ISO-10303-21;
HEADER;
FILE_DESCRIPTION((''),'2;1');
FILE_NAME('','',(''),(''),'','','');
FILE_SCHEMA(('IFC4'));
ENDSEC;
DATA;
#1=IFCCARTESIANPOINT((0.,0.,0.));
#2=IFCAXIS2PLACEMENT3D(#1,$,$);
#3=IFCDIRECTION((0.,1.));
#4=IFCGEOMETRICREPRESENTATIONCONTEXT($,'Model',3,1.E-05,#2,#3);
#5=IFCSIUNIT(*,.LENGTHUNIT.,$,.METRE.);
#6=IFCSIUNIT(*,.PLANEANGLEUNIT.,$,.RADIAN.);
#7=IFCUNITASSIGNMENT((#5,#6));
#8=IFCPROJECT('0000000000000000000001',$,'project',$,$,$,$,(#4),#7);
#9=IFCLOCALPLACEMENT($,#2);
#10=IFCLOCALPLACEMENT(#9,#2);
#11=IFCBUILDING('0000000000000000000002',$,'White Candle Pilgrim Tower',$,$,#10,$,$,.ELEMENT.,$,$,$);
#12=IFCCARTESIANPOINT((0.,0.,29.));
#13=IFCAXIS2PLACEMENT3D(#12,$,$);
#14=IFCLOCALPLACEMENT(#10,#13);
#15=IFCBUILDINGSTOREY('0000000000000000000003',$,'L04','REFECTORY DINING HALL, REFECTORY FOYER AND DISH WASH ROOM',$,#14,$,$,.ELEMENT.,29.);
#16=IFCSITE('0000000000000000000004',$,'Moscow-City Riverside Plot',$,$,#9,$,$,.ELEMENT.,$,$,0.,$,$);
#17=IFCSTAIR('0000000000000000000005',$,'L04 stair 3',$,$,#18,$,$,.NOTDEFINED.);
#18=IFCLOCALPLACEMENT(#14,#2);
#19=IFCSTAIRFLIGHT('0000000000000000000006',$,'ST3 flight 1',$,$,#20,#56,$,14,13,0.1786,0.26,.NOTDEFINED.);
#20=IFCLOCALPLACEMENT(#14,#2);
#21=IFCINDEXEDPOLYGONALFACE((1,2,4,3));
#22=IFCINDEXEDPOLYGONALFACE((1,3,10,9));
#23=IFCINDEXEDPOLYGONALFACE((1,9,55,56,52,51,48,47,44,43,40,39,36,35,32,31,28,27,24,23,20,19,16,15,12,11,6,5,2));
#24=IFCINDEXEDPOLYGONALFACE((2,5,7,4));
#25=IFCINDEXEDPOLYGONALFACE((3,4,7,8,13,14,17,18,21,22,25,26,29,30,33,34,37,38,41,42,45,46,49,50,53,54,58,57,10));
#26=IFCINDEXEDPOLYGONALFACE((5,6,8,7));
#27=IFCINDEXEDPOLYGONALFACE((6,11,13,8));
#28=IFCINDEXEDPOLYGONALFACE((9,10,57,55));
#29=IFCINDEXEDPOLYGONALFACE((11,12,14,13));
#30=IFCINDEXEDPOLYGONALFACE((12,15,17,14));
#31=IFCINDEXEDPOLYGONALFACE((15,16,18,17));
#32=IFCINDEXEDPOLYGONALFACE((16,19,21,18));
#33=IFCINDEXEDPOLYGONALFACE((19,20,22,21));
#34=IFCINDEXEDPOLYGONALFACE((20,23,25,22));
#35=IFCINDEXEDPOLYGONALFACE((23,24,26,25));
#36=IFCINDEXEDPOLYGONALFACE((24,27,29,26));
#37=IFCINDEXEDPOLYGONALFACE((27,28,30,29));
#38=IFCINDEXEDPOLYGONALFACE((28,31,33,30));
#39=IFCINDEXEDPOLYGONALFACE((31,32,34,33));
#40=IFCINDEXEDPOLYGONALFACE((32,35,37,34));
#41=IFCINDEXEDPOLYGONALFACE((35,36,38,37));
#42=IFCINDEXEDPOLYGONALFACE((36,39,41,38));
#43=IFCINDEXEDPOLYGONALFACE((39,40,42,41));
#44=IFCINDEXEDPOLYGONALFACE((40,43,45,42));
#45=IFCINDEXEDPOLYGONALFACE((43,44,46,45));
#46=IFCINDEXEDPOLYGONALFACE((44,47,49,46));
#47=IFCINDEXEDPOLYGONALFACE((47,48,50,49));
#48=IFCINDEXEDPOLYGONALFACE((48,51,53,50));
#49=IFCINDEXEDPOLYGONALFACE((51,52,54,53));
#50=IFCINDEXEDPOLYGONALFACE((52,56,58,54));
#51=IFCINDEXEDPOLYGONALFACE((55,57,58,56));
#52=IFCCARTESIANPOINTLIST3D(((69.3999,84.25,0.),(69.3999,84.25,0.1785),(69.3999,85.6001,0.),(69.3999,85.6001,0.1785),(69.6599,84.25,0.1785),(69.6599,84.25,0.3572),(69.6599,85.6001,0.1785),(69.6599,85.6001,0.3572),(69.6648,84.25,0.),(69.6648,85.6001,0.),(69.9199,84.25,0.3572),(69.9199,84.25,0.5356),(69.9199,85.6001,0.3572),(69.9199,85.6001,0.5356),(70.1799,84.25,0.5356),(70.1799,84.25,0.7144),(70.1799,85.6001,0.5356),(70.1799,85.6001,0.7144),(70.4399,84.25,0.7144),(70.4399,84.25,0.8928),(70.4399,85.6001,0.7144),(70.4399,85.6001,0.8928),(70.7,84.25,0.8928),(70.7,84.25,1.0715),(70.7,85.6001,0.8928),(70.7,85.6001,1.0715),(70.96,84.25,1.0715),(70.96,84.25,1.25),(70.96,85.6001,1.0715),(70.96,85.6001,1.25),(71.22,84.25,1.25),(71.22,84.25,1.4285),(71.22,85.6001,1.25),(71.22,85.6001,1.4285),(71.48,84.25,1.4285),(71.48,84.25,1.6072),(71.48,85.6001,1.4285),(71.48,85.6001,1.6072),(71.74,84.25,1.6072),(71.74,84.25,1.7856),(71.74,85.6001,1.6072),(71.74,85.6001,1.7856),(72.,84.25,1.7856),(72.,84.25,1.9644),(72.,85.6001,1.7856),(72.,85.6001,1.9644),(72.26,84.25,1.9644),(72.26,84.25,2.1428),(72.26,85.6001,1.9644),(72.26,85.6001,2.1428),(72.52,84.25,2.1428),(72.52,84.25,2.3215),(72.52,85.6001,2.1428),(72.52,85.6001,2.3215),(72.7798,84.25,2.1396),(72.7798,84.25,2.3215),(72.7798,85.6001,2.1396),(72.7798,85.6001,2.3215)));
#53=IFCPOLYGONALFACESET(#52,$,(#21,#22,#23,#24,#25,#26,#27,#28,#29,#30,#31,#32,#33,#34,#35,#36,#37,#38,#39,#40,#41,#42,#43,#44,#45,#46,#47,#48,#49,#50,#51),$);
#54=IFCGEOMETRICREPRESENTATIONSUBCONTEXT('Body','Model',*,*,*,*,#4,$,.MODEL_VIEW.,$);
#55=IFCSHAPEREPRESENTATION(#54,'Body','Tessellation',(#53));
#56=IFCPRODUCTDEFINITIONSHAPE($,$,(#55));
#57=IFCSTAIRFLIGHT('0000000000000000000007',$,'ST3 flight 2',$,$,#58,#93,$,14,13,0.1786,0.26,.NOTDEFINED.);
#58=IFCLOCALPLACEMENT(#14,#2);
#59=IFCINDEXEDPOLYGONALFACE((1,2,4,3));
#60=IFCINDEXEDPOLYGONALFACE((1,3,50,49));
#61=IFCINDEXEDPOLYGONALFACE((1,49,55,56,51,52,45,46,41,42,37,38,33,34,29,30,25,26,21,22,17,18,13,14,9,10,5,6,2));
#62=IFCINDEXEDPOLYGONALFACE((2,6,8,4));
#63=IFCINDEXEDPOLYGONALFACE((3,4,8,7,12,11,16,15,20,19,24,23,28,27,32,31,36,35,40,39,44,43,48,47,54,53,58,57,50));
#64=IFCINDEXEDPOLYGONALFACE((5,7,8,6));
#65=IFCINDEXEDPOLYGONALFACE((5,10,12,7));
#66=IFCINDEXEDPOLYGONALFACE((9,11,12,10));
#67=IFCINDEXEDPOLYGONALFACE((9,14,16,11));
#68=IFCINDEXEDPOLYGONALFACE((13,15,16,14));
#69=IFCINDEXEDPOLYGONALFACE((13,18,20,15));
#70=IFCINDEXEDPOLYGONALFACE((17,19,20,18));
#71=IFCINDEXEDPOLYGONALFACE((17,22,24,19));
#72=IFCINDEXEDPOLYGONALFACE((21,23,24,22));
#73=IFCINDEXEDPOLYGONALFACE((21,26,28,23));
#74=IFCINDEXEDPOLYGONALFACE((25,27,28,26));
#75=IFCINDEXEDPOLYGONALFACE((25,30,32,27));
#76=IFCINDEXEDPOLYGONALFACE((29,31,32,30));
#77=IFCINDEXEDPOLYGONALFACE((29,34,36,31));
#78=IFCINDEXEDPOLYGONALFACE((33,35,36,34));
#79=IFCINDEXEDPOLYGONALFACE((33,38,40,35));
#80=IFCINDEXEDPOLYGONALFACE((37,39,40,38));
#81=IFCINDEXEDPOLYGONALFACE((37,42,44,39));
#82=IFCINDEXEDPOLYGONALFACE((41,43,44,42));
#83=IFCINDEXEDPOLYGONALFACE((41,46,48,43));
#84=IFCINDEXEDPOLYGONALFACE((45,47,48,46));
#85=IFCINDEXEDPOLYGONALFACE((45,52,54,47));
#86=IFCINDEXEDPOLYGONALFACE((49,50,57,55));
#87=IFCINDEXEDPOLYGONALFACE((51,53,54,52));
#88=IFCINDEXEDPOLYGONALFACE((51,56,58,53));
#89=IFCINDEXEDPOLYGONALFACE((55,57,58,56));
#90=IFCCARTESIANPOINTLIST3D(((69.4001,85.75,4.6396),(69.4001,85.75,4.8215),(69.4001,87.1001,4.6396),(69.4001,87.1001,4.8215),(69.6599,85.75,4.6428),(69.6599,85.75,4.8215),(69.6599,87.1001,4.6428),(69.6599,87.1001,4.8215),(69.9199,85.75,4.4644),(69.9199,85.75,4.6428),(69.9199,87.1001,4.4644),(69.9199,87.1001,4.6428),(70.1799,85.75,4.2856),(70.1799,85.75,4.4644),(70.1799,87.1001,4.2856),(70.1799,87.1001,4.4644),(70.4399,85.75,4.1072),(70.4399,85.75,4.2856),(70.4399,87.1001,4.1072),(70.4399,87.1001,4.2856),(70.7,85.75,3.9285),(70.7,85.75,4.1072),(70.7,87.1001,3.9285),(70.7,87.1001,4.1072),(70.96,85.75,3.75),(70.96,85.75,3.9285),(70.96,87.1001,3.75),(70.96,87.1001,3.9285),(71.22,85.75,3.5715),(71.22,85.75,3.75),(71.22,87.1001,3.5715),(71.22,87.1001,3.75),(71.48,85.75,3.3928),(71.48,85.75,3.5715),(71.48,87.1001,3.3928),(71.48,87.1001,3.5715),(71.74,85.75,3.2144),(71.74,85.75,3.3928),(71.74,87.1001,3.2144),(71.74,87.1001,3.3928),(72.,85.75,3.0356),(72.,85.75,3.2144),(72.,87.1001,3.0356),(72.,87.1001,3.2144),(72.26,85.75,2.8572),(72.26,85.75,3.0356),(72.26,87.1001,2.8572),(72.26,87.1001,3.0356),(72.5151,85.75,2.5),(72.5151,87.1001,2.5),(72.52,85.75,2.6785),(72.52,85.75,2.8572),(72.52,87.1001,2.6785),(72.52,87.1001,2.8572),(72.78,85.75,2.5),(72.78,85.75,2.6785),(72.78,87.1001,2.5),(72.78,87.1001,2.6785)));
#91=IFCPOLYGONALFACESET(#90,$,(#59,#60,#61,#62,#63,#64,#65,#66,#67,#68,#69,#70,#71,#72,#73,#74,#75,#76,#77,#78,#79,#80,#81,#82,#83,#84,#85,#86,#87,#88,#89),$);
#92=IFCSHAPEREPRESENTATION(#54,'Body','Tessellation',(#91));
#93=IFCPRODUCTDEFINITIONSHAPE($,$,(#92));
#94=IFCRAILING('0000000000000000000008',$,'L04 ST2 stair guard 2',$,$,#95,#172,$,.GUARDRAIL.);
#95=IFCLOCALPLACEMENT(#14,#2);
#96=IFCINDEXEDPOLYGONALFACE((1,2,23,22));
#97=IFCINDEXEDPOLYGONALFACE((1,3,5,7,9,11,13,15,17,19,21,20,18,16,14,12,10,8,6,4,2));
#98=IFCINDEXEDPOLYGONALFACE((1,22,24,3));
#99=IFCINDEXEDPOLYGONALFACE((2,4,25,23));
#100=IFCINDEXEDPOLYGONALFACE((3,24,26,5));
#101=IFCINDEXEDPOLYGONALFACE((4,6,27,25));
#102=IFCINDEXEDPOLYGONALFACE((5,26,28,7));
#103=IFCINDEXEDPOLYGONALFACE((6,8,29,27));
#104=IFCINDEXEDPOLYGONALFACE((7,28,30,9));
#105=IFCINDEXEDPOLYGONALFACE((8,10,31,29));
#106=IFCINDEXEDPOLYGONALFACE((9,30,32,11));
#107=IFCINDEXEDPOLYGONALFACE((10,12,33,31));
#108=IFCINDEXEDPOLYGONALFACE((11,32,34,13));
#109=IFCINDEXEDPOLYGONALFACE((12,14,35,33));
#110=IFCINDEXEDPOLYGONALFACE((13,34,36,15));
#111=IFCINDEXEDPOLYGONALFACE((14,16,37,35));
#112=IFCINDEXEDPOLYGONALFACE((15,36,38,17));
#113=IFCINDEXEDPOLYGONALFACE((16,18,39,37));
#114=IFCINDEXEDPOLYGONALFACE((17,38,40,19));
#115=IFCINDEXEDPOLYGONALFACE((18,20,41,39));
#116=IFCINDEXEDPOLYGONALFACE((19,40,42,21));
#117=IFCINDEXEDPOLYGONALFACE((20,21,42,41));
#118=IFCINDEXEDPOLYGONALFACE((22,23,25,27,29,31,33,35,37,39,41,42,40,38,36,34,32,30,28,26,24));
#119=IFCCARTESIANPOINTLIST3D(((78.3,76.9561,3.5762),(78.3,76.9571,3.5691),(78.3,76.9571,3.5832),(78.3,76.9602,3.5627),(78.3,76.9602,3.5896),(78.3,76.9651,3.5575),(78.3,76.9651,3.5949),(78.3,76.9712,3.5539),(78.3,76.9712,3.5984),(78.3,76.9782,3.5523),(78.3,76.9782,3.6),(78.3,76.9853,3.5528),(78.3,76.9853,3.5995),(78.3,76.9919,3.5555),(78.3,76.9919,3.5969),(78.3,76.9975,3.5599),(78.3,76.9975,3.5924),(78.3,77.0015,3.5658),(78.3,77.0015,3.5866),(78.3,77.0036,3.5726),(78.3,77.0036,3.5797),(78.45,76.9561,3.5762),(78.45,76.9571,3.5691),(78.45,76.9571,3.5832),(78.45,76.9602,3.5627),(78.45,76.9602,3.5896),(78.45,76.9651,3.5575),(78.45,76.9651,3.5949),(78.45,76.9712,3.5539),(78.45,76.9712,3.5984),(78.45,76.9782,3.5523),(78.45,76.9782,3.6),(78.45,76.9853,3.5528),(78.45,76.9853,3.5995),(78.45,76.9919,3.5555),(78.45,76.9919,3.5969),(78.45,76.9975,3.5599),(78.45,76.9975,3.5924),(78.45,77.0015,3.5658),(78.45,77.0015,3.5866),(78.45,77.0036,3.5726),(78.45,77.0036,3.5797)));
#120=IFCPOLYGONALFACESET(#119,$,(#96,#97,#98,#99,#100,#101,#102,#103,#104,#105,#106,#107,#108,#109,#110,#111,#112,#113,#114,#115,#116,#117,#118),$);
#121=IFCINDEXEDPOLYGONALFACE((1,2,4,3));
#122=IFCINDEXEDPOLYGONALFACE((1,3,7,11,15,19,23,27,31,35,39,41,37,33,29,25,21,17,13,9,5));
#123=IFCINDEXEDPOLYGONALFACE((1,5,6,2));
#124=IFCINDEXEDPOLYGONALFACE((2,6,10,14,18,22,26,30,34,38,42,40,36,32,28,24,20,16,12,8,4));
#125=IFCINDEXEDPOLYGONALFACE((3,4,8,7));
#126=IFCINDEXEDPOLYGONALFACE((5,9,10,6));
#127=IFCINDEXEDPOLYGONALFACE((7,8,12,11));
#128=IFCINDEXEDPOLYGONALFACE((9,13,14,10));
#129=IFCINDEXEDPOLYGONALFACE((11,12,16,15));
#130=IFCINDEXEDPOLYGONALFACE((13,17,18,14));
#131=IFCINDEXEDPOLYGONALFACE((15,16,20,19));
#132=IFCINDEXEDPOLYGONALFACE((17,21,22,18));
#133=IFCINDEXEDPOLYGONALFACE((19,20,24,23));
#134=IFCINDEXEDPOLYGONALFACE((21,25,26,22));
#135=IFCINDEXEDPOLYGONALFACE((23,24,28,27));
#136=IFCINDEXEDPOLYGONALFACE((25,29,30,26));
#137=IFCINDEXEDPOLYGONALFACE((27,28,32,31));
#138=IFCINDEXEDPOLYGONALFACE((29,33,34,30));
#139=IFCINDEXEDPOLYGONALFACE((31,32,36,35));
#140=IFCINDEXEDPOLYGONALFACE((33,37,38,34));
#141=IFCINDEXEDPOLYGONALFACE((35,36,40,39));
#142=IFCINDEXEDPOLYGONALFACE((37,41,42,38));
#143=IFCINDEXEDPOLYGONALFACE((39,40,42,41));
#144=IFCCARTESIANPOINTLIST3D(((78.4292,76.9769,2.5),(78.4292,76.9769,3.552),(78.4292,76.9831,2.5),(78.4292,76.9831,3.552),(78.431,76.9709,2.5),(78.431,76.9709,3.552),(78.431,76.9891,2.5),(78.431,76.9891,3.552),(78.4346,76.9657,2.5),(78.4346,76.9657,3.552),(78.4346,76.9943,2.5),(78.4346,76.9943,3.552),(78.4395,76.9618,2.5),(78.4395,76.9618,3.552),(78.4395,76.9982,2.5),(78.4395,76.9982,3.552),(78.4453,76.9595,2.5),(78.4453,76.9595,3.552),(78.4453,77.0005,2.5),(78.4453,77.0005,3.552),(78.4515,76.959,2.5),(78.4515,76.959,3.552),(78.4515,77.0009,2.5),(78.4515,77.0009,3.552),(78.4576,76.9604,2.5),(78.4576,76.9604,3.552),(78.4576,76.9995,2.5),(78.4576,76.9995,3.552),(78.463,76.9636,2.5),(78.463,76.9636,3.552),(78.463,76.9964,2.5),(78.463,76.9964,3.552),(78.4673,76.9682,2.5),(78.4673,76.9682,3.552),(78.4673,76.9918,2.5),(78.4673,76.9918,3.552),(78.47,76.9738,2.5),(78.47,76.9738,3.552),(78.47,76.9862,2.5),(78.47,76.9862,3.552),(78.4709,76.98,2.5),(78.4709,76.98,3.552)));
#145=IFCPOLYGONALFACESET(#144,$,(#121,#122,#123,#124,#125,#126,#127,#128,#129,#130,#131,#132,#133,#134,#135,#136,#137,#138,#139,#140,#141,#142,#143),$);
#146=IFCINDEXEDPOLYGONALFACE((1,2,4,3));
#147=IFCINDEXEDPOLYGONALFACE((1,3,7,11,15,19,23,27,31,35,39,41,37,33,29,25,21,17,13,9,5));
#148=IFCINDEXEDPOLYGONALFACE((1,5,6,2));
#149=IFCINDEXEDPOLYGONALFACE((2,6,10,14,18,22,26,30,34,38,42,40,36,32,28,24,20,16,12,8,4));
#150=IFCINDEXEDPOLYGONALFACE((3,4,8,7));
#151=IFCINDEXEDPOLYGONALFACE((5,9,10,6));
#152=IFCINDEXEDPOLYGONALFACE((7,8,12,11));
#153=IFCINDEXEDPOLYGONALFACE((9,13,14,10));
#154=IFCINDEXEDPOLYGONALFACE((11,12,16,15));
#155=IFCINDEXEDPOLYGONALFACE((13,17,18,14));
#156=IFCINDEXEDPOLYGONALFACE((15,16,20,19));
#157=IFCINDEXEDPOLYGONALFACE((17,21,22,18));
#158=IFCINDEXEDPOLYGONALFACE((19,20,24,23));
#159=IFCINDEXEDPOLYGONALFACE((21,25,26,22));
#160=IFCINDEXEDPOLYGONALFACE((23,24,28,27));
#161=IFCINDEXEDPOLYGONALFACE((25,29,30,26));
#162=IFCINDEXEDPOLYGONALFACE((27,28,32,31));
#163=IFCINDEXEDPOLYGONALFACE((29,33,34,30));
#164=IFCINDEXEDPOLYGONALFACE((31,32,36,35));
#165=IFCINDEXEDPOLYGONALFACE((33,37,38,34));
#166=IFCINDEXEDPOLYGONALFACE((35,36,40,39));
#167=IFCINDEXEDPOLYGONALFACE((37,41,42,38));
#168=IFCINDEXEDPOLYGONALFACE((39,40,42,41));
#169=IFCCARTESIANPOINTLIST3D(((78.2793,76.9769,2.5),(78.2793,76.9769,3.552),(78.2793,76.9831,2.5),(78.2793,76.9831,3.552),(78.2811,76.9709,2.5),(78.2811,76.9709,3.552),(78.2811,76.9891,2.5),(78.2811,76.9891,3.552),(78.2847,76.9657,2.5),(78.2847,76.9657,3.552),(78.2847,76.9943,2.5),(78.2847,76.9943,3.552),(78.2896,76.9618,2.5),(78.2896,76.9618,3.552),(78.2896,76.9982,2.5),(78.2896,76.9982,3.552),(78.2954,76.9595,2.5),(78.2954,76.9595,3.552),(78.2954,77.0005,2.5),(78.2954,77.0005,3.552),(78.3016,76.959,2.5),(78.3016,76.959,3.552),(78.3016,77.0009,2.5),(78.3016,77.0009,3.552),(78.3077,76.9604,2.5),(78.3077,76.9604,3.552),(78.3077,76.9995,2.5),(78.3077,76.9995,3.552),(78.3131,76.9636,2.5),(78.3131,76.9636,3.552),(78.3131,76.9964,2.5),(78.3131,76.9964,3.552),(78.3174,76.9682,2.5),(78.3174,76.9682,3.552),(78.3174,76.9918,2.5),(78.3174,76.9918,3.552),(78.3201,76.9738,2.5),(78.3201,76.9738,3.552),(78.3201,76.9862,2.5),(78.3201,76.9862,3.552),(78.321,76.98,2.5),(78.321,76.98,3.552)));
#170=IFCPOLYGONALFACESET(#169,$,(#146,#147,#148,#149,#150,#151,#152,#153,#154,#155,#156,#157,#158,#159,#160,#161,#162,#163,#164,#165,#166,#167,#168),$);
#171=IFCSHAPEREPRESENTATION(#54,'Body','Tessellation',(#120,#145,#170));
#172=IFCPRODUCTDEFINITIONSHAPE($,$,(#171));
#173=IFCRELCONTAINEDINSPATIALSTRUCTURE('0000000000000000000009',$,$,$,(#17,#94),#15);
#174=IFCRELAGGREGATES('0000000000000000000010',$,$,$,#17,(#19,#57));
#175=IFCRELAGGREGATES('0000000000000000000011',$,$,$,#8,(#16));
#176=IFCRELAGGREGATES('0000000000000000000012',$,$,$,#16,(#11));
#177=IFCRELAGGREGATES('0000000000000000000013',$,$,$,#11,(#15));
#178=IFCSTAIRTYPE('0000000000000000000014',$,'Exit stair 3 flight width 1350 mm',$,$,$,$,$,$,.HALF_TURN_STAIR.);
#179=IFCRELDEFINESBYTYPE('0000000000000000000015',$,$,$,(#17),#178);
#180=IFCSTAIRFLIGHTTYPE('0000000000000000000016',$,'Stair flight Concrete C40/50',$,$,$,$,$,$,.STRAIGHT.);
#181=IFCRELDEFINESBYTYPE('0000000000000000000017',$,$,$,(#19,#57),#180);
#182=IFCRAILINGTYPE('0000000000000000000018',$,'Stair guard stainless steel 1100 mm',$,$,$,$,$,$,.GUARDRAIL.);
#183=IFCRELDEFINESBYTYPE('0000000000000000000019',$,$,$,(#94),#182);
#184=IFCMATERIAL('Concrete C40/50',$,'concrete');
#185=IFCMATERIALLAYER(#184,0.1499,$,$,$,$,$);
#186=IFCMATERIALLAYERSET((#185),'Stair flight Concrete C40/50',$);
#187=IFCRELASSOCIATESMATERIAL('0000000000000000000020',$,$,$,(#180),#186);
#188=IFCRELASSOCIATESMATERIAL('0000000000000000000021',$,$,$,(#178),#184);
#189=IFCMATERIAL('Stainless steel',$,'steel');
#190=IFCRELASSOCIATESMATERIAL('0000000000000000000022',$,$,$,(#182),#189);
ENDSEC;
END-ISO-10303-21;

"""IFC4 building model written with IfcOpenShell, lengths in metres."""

from ifc_helpers import new_model, si_unit, direction, frame, origin, origin_2d, place, context, subcontext, project, spatial, polyline, circle, outline, extrude, material, layer, layer_set, type_object, element, aggregate, save


model = new_model("IFC4")

# Units and contexts
model_context = context("Model", 3, precision=1e-05, world=origin(), true_north=direction((0.0, 1.0)))
body_context = subcontext(model_context, "Body", "Model", "MODEL_VIEW")
ifc_project = project(units=[si_unit("LENGTHUNIT", "METRE"), si_unit("PLANEANGLEUNIT", "RADIAN")], contexts=[model_context])

# Site, building, storey
site_placement = place(None, origin())
site = spatial("IfcSite", under=ifc_project, at=site_placement, Name="Moscow-City Riverside Plot", CompositionType="ELEMENT", RefElevation=0.0)
building_placement = place(site_placement, origin())
building = spatial("IfcBuilding", under=site, at=building_placement, Name="White Candle Pilgrim Tower", CompositionType="ELEMENT")
storey_placement = place(building_placement, frame((0.0, 0.0, 29.0)))
storey = spatial("IfcBuildingStorey", under=building, at=storey_placement, Name="L04", Description="REFECTORY DINING HALL, REFECTORY FOYER AND DISH WASH ROOM", CompositionType="ELEMENT", Elevation=29.0)

# Shared definitions
ifc_material_1 = material(Name="Concrete C40/50", Category="concrete")
ifc_layer_1 = layer(ifc_material_1, 0.1499)
ifc_layer_set_1 = layer_set([ifc_layer_1], Name="Stair flight Concrete C40/50")
stair_flight_type = type_object("IfcStairFlightType", Name="Stair flight Concrete C40/50", PredefinedType="STRAIGHT", material=ifc_layer_set_1)

# Stair, stair flights
stair_type_1 = type_object("IfcStairType", Name="Exit stair 3 flight width 1350 mm", PredefinedType="HALF_TURN_STAIR", material=ifc_material_1)
stair_1_placement = place(storey_placement, origin())
stair_1 = element("IfcStair", 1, at=stair_1_placement, inside=storey, type_object=stair_type_1, Name="L04 stair 3", PredefinedType="NOTDEFINED")
stair_flight_1_placement = place(storey_placement, frame((69.3999, 84.925, 0.0), z_axis=(0.0, 0.0, 1.0), x_axis=(1.0, 0.0, 0.0)))
stair_flight_1 = element("IfcStairFlight", 2, at=stair_flight_1_placement, type_object=stair_flight_type, Name="ST3 flight 1", NumberOfRisers=14, NumberOfTreads=13, PredefinedType="NOTDEFINED", RiserHeight=0.1786, TreadLength=0.26, context=body_context, shape_type="SweptSolid", body=[
    extrude(outline(polyline([(0.0, 0.0), (0.0, 0.1785), (0.26, 0.1785), (0.26, 0.3572), (0.52, 0.3572), (0.52, 0.5356), (0.78, 0.5356), (0.78, 0.7144), (1.04, 0.7144), (1.04, 0.8928), (1.3, 0.8928), (1.3, 1.0715), (1.5601, 1.0715), (1.5601, 1.25), (1.8201, 1.25), (1.8201, 1.4285), (2.0801, 1.4285), (2.0801, 1.6072), (2.3401, 1.6072), (2.3401, 1.7856), (2.6001, 1.7856), (2.6001, 1.9644), (2.8601, 1.9644), (2.8601, 2.1428), (3.1201, 2.1428), (3.1201, 2.3215), (3.3799, 2.3215), (3.3799, 2.5), (3.3799, 2.1396), (0.2649, 0.0), (0.0, 0.0)])), frame((0.0, 0.675, 0.0), z_axis=(0.0, -1.0, 0.0), x_axis=(1.0, 0.0, 0.0)), (0.0, 0.0, 1.0), 1.3501),
])
stair_flight_2_placement = place(storey_placement, frame((72.78, 86.425, 2.5), z_axis=(0.0, 0.0, 1.0), x_axis=(-1.0, 0.0, 0.0)))
stair_flight_2 = element("IfcStairFlight", 3, at=stair_flight_2_placement, type_object=stair_flight_type, Name="ST3 flight 2", NumberOfRisers=14, NumberOfTreads=13, PredefinedType="NOTDEFINED", RiserHeight=0.1786, TreadLength=0.26, context=body_context, shape_type="SweptSolid", body=[
    extrude(outline(polyline([(0.0, 0.0), (0.0, 0.1785), (0.26, 0.1785), (0.26, 0.3572), (0.52, 0.3572), (0.52, 0.5356), (0.78, 0.5356), (0.78, 0.7144), (1.04, 0.7144), (1.04, 0.8928), (1.3, 0.8928), (1.3, 1.0715), (1.5601, 1.0715), (1.5601, 1.25), (1.8201, 1.25), (1.8201, 1.4285), (2.0801, 1.4285), (2.0801, 1.6072), (2.3401, 1.6072), (2.3401, 1.7856), (2.6001, 1.7856), (2.6001, 1.9644), (2.8601, 1.9644), (2.8601, 2.1428), (3.1201, 2.1428), (3.1201, 2.3215), (3.3799, 2.3215), (3.3799, 2.5), (3.3799, 2.1396), (0.2649, 0.0), (0.0, 0.0)])), frame((0.0, 0.675, 0.0), z_axis=(0.0, -1.0, 0.0), x_axis=(1.0, 0.0, 0.0)), (0.0, 0.0, 1.0), 1.3501),
])
aggregate(stair_1, [stair_flight_1, stair_flight_2])

# Railing
ifc_material_2 = material(Name="Stainless steel", Category="steel")
railing_type_1 = type_object("IfcRailingType", Name="Stair guard stainless steel 1100 mm", PredefinedType="GUARDRAIL", material=ifc_material_2)
railing_1_placement = place(storey_placement, frame((78.45, 76.98, 2.5)))
element("IfcRailing", 4, at=railing_1_placement, inside=storey, type_object=railing_type_1, Name="L04 ST2 stair guard 2", PredefinedType="GUARDRAIL", context=body_context, shape_type="SweptSolid", body=[
    extrude(circle(Radius=0.0239, at=origin_2d()), frame((0.0, 0.0, 1.0762), z_axis=(-1.0, 0.0, 0.0), x_axis=(0.0, -1.0, 0.0)), (0.0, 0.0, 1.0), 0.1499),
    extrude(circle(Radius=0.021, at=origin_2d()), origin(), (0.0, 0.0, 1.0), 1.052),
    extrude(circle(Radius=0.021, at=origin_2d()), frame((-0.1499, 0.0, 0.0)), (0.0, 0.0, 1.0), 1.052),
])

save(model, "model.ifc")
